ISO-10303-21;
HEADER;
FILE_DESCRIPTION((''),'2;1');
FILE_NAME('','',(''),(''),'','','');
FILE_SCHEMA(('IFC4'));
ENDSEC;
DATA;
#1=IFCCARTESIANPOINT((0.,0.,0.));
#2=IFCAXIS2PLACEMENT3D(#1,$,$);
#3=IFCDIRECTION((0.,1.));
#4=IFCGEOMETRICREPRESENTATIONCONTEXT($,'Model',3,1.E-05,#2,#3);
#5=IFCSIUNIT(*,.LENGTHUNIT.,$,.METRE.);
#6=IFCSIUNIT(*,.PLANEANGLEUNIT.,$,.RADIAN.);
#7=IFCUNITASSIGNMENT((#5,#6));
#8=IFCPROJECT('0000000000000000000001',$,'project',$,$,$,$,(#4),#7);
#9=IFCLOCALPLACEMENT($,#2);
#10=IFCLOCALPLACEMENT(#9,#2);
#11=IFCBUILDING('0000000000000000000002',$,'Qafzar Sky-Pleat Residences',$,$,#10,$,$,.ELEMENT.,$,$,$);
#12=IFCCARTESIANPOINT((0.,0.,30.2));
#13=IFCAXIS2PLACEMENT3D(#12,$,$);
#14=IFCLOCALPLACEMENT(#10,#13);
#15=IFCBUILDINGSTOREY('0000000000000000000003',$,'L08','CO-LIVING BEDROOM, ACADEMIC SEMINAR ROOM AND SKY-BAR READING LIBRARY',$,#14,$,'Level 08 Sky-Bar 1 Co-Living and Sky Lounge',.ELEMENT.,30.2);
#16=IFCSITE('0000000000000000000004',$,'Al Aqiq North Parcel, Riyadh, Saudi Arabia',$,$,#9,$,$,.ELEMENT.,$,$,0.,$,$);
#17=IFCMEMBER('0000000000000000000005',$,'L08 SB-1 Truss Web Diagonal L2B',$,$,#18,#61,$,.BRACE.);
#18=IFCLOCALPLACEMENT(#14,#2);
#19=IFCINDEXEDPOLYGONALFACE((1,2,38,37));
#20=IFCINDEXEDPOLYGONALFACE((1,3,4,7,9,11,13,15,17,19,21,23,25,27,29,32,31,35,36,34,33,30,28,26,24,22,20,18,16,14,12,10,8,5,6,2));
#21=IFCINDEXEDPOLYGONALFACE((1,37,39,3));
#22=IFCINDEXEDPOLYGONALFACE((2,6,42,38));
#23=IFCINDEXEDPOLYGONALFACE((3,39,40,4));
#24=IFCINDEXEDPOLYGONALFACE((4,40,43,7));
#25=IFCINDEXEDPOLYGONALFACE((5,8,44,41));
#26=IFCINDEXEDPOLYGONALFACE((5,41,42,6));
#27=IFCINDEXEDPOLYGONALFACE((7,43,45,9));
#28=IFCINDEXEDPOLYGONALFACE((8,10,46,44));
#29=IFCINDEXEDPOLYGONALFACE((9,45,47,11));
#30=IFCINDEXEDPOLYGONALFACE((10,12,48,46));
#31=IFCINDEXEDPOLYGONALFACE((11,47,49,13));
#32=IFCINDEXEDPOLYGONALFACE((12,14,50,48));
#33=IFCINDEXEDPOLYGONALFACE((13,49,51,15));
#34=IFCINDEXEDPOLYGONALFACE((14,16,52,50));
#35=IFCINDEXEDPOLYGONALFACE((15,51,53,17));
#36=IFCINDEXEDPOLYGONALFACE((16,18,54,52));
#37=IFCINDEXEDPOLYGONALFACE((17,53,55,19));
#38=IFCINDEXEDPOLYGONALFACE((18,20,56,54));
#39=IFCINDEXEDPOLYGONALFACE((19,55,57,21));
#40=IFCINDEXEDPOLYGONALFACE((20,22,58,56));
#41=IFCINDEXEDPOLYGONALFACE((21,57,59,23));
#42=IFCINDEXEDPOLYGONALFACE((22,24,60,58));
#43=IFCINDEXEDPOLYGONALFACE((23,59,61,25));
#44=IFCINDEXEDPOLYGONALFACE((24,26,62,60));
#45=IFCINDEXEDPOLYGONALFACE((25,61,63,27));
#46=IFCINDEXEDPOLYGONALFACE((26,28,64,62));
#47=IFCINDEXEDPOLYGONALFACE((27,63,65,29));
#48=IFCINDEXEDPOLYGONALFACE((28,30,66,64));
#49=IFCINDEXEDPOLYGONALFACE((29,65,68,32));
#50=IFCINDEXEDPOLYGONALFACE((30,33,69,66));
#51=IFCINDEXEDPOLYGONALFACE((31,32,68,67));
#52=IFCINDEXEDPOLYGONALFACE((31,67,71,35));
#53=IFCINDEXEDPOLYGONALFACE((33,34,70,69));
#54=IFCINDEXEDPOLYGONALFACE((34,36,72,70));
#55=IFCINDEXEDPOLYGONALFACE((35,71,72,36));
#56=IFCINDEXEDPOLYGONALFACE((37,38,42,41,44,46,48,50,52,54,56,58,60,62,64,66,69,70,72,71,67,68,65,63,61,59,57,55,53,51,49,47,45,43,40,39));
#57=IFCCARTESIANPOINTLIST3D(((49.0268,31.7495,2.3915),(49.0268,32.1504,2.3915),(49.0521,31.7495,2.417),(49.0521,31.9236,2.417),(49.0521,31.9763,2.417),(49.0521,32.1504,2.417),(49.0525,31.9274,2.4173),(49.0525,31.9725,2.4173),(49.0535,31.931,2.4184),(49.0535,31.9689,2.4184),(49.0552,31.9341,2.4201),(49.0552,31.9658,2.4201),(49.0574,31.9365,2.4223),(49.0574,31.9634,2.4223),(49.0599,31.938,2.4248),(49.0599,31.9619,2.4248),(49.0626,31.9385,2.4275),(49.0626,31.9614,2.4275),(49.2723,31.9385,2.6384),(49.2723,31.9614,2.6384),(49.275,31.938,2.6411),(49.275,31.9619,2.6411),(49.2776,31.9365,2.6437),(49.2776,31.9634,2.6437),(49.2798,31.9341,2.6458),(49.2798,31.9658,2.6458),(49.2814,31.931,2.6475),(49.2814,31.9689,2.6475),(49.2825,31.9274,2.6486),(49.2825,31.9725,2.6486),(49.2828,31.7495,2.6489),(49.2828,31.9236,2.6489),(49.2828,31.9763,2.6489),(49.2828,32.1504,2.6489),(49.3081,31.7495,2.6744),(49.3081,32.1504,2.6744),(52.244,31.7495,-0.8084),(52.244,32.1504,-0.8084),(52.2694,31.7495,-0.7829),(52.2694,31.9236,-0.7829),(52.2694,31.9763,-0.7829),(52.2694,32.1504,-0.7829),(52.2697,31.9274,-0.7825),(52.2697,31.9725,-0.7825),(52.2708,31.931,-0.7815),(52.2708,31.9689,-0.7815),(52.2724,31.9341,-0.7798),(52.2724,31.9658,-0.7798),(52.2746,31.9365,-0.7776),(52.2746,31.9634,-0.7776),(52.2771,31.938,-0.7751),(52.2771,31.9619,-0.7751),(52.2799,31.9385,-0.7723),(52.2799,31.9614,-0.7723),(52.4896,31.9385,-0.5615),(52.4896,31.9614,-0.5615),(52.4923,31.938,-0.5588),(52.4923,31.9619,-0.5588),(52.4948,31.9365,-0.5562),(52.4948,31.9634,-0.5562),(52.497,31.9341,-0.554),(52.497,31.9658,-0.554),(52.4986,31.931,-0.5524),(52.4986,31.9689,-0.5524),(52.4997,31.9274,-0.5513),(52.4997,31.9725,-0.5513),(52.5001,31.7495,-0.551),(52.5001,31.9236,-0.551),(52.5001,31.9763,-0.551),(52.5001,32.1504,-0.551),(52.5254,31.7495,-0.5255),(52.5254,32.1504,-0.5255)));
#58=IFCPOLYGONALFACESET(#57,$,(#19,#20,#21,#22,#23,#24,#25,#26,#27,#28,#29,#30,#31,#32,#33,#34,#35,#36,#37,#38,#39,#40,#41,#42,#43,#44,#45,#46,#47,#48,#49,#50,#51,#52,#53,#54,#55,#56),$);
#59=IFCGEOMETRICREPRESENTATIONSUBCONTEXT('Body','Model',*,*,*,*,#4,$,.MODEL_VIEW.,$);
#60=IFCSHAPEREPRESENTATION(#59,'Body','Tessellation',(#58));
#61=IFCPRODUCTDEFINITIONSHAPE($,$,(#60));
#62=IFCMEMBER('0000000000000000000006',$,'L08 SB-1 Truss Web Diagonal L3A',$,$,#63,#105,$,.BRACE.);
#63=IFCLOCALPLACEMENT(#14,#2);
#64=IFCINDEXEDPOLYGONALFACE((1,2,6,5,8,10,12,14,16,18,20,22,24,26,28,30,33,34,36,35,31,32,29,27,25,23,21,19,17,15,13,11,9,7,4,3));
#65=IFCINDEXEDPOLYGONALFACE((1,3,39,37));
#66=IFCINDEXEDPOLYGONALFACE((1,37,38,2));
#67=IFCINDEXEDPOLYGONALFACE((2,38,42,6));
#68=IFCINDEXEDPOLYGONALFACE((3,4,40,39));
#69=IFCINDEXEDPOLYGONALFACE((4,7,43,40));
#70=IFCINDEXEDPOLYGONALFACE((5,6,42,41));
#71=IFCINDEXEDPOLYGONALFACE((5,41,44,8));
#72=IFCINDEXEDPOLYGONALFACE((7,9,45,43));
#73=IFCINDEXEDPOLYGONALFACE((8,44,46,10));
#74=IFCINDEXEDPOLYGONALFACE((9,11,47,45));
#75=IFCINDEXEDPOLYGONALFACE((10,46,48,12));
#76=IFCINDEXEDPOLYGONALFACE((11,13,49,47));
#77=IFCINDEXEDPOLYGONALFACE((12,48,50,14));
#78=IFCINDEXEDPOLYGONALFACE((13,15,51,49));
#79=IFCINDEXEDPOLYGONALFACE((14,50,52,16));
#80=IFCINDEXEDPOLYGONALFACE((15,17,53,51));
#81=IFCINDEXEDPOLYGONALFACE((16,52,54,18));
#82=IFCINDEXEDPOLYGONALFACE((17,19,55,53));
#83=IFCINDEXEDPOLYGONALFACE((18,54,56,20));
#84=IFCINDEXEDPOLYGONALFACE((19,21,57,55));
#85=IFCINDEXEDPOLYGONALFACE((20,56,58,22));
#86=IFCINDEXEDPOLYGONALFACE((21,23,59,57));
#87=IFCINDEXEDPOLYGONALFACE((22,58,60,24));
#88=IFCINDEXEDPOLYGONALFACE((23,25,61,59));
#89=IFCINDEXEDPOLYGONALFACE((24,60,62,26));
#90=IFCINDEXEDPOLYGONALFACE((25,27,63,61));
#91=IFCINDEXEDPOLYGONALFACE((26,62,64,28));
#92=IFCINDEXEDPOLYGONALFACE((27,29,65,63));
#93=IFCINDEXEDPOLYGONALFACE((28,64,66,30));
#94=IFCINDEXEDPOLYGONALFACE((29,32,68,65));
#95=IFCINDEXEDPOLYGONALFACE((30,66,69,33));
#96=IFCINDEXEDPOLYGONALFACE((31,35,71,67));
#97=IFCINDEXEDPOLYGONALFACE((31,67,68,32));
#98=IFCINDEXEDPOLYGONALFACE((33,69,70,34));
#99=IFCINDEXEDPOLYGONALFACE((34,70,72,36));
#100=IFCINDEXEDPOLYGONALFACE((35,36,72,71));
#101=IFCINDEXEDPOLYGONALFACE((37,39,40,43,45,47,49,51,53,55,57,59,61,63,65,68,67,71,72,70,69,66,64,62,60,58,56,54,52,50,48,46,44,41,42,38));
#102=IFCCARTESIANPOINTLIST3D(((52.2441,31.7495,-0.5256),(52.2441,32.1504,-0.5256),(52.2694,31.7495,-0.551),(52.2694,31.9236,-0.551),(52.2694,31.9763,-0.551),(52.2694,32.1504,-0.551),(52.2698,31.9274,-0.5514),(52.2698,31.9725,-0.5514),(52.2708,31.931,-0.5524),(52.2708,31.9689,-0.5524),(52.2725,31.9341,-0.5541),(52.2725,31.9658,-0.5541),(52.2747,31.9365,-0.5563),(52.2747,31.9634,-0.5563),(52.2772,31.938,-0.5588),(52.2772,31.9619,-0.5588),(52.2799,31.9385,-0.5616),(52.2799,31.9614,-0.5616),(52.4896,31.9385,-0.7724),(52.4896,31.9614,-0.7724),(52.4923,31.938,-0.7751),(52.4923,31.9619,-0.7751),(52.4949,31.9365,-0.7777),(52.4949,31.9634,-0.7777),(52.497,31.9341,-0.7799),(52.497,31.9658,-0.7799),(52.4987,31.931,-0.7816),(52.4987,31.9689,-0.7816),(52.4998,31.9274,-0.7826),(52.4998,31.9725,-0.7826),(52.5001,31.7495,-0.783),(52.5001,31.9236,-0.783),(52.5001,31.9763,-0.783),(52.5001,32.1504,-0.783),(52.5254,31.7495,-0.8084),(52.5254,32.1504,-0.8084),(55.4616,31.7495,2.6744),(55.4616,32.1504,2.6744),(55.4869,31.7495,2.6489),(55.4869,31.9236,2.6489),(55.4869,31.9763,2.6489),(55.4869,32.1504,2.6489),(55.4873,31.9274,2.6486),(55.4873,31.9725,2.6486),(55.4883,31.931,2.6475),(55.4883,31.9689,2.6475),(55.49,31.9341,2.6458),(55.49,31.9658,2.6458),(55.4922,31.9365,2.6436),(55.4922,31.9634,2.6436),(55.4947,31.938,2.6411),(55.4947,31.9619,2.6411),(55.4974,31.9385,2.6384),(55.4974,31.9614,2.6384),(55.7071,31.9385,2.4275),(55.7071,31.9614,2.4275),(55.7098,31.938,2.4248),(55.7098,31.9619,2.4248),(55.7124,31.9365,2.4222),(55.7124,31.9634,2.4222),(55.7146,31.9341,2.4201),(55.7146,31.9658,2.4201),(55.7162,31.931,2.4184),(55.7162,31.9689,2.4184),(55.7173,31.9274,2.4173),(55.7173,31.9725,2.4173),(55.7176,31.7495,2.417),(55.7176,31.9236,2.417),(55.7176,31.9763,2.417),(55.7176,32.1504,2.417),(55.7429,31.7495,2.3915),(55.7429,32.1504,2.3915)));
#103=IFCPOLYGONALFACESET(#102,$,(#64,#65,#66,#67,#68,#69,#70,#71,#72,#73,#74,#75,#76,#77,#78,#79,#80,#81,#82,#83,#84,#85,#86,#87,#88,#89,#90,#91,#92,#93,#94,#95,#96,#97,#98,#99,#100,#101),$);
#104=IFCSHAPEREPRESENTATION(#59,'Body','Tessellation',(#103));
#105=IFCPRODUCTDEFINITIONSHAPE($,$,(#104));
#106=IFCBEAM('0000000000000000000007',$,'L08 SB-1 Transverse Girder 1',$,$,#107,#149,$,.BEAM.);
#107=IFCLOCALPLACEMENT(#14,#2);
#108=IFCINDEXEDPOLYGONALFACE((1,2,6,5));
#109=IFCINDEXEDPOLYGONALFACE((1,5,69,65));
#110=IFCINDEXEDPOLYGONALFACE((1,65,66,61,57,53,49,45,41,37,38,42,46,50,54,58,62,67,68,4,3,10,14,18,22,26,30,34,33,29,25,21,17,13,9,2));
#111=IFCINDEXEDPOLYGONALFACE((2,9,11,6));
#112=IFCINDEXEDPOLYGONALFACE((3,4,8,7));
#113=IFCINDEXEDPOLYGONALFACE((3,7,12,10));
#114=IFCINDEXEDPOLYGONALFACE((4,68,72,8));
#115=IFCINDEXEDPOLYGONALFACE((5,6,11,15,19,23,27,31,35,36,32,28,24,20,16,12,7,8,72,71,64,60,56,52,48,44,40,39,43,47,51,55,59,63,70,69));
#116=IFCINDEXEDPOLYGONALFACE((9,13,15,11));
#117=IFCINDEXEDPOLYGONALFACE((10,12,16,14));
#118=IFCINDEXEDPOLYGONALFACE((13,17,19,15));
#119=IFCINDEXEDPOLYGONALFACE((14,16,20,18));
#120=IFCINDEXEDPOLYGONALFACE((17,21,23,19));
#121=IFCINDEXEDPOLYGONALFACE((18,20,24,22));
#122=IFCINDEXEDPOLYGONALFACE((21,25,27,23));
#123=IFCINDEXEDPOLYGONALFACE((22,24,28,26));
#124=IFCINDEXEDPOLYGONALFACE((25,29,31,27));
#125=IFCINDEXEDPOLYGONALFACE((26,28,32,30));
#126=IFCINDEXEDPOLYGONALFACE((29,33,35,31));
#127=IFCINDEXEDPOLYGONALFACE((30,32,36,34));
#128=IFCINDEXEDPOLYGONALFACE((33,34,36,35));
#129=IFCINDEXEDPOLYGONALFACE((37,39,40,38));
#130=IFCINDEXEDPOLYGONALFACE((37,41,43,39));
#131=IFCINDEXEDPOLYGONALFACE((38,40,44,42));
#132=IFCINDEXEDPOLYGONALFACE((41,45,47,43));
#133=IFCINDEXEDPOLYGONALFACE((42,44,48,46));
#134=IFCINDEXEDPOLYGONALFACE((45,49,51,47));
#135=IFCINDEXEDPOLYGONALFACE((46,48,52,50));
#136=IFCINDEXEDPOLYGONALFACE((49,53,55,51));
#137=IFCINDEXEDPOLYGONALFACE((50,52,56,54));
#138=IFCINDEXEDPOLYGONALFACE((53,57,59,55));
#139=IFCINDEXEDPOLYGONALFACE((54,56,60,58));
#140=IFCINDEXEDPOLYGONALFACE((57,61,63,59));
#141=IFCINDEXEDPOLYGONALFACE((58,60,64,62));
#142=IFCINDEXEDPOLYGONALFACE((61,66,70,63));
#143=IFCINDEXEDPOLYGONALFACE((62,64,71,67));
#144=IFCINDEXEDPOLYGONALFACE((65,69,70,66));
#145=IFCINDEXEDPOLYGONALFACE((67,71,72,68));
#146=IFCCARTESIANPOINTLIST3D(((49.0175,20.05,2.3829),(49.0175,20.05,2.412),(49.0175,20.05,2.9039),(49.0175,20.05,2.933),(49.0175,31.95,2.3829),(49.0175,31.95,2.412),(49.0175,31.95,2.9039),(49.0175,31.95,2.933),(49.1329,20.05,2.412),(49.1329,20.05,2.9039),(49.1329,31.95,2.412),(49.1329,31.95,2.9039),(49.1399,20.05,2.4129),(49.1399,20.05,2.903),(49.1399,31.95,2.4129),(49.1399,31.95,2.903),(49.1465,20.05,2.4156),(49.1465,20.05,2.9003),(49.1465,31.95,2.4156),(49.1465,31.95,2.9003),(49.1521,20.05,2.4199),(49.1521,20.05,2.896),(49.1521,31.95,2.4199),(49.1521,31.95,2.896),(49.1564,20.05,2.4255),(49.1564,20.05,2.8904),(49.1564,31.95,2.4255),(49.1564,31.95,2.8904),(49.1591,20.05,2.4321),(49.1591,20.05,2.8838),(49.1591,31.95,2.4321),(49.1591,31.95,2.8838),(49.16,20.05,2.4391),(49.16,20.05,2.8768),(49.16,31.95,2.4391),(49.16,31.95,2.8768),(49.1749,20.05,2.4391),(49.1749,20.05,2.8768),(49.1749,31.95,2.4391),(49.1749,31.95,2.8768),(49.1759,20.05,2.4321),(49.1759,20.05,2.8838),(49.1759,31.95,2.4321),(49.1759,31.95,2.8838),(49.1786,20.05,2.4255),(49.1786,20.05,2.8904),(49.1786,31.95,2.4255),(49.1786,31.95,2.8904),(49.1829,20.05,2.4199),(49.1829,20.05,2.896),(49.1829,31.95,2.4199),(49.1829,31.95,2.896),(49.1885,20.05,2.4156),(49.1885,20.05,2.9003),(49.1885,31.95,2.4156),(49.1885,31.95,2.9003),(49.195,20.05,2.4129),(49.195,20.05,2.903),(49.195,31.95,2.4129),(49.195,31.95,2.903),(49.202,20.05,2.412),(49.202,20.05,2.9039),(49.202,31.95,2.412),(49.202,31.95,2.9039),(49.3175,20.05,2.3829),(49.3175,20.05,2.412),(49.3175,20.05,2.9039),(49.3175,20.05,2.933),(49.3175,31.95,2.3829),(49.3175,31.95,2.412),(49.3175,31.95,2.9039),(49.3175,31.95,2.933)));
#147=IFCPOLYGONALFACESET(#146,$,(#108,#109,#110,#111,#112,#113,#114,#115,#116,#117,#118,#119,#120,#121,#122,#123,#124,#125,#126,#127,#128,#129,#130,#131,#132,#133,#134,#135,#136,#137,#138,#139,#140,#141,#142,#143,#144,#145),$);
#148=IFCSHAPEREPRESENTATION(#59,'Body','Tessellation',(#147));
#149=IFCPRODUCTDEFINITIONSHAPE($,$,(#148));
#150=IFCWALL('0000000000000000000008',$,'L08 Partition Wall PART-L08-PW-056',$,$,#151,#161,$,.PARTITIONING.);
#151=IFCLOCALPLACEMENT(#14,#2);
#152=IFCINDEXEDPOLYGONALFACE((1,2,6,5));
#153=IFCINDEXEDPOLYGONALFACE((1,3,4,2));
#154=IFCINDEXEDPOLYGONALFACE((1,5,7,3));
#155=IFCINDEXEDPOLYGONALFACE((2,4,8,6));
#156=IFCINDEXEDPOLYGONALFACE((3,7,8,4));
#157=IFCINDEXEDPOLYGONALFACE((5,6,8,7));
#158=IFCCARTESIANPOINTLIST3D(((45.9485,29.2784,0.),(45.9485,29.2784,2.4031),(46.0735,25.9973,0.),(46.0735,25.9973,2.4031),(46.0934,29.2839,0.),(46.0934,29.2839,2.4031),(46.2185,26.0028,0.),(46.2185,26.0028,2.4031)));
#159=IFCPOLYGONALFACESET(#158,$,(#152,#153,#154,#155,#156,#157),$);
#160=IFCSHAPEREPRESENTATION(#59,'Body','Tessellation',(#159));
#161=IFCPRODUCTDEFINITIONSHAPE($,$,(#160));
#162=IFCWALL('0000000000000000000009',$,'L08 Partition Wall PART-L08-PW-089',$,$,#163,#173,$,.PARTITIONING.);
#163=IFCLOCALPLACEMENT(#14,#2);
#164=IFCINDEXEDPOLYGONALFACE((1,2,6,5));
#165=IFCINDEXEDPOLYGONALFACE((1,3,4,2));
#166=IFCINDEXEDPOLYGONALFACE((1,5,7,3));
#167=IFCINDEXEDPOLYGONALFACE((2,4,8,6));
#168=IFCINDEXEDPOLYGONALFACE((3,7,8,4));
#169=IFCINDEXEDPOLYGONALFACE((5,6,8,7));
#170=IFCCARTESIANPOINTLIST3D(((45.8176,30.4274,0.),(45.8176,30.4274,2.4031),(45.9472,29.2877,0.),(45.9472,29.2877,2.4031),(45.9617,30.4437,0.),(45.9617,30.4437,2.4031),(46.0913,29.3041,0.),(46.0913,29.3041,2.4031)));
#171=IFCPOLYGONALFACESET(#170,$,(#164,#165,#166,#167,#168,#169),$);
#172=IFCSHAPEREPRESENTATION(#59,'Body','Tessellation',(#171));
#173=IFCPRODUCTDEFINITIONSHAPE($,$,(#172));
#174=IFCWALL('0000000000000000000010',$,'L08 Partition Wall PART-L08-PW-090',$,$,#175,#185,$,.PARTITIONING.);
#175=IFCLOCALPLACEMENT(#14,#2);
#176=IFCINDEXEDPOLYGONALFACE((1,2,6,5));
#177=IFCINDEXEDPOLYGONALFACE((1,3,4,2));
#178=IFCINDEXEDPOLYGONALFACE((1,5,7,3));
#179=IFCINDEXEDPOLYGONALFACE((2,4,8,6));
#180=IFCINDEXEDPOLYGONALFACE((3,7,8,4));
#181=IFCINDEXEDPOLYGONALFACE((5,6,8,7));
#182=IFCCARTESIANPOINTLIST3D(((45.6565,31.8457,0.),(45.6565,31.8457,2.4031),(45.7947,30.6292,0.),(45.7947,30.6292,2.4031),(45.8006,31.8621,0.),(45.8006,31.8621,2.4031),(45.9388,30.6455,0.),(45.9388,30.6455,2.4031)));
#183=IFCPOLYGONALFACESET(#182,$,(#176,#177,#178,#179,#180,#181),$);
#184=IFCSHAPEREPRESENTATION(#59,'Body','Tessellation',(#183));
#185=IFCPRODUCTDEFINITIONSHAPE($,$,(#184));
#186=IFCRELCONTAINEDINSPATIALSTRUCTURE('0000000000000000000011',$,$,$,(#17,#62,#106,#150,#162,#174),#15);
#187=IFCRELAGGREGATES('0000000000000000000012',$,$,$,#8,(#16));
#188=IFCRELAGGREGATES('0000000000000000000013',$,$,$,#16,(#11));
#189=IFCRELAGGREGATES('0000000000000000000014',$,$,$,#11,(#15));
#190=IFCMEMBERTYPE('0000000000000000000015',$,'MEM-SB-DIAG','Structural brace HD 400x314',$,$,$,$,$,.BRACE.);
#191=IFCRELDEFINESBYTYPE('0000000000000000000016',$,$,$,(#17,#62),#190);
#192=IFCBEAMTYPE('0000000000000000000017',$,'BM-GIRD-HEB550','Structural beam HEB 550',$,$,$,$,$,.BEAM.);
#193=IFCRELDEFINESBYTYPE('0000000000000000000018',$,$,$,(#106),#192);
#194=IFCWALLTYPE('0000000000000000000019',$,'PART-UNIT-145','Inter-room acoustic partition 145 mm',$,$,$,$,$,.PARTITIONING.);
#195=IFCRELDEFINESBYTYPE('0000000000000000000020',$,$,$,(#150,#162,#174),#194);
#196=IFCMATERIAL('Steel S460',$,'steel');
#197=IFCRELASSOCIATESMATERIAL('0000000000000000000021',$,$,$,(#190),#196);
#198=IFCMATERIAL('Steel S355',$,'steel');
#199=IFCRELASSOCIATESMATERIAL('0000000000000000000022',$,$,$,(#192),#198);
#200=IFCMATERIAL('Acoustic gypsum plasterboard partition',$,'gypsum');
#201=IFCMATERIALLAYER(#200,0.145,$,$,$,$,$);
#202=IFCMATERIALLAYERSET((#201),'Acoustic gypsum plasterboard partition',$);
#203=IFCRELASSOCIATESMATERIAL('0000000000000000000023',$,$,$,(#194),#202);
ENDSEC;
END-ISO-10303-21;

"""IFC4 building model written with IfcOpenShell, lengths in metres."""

from ifc_helpers import new_model, si_unit, direction, frame, frame_2d, origin, origin_2d, place, context, subcontext, project, spatial, rectangle, i_section, extrude, source, transform, mapped, material, layer, layer_set, material_profile, profile_set, type_object, element, save


model = new_model("IFC4")

# Units and contexts
model_context = context("Model", 3, precision=1e-05, world=origin(), true_north=direction((0.0, 1.0)))
body_context = subcontext(model_context, "Body", "Model", "MODEL_VIEW")
ifc_project = project(units=[si_unit("LENGTHUNIT", "METRE"), si_unit("PLANEANGLEUNIT", "RADIAN")], contexts=[model_context])

# Site, building, storey
site_placement = place(None, origin())
site = spatial("IfcSite", under=ifc_project, at=site_placement, Name="Al Aqiq North Parcel, Riyadh, Saudi Arabia", CompositionType="ELEMENT", RefElevation=0.0)
building_placement = place(site_placement, origin())
building = spatial("IfcBuilding", under=site, at=building_placement, Name="Qafzar Sky-Pleat Residences", CompositionType="ELEMENT")
storey_placement = place(building_placement, frame((0.0, 0.0, 30.2)))
storey = spatial("IfcBuildingStorey", under=building, at=storey_placement, Name="L08", Description="CO-LIVING BEDROOM, ACADEMIC SEMINAR ROOM AND SKY-BAR READING LIBRARY", LongName="Level 08 Sky-Bar 1 Co-Living and Sky Lounge", CompositionType="ELEMENT", Elevation=30.2)

# Shared definitions
ifc_material_1 = material(Name="Steel S460", Category="steel")

# Shared definitions
ifc_material_2 = material(Name="Steel S355", Category="steel")

# Members
ifc_material_profile_1 = material_profile(ifc_material_1, i_section(OverallWidth=0.4009, OverallDepth=0.3989, WebThickness=0.0229, FlangeThickness=0.0359, FilletRadius=0.0149, at=origin_2d()), Name="HD 400x314")
ifc_profile_set_1 = profile_set([ifc_material_profile_1], Name="Steel S460")
member_type = type_object("IfcMemberType", Name="MEM-SB-DIAG", Description="Structural brace HD 400x314", PredefinedType="BRACE", material=ifc_profile_set_1)
shared_shape_1 = source(origin(), body_context, "Body", "SweptSolid", [
    extrude(i_section(OverallWidth=0.4009, OverallDepth=0.3989, WebThickness=0.0229, FlangeThickness=0.0359, FilletRadius=0.0149, at=origin_2d()), origin(), (0.0, 0.0, 1.0), 4.5376),
])
for number, where, z_axis, x_axis, name in (
    (1, (49.1675, 31.95, 2.533), (0.709014, 0.0, -0.705194), (0.0, 1.0, 0.0), "L08 SB-1 Truss Web Diagonal L2B"),
):
    element("IfcMember", number, at=place(storey_placement, frame(where, z_axis=z_axis, x_axis=x_axis)), inside=storey, type_object=member_type, Name=name, PredefinedType="BRACE", context=body_context, shape_type="MappedRepresentation", body=[
        mapped(shared_shape_1, transform((0.0, 0.0, 0.0), x_axis=(1.0, 0.0, 0.0), y_axis=(0.0, 1.0, 0.0), z_axis=(0.0, 0.0, 1.0), scale=1.0)),
    ])
shared_shape_2 = source(origin(), body_context, "Body", "SweptSolid", [
    extrude(i_section(OverallWidth=0.4009, OverallDepth=0.3989, WebThickness=0.0229, FlangeThickness=0.0359, FilletRadius=0.0149, at=origin_2d()), origin(), (0.0, 0.0, 1.0), 4.5378),
])
member_placement = place(storey_placement, frame((52.3848, 31.95, -0.667), z_axis=(0.709041, 0.0, 0.705167), x_axis=(0.0, 1.0, 0.0)))
element("IfcMember", 2, at=member_placement, inside=storey, type_object=member_type, Name="L08 SB-1 Truss Web Diagonal L3A", PredefinedType="BRACE", context=body_context, shape_type="MappedRepresentation", body=[
    mapped(shared_shape_2, transform((0.0, 0.0, 0.0), x_axis=(1.0, 0.0, 0.0), y_axis=(0.0, 1.0, 0.0), z_axis=(0.0, 0.0, 1.0), scale=1.0)),
])

# Beam
ifc_material_profile_2 = material_profile(ifc_material_2, i_section(OverallWidth=0.3, OverallDepth=0.55, WebThickness=0.0149, FlangeThickness=0.0291, FilletRadius=0.0271, at=origin_2d()), Name="HEB 550")
ifc_profile_set_2 = profile_set([ifc_material_profile_2], Name="Steel S355")
beam_type_1 = type_object("IfcBeamType", Name="BM-GIRD-HEB550", Description="Structural beam HEB 550", PredefinedType="BEAM", material=ifc_profile_set_2)
shared_shape_3 = source(origin(), body_context, "Body", "SweptSolid", [
    extrude(i_section(OverallWidth=0.3, OverallDepth=0.55, WebThickness=0.0149, FlangeThickness=0.0291, FilletRadius=0.0271, at=origin_2d()), origin(), (0.0, 0.0, 1.0), 11.8999),
])
beam_1_placement = place(storey_placement, frame((49.1675, 31.95, 2.658), z_axis=(0.0, -1.0, 0.0), x_axis=(1.0, 0.0, 0.0)))
element("IfcBeam", 3, at=beam_1_placement, inside=storey, type_object=beam_type_1, Name="L08 SB-1 Transverse Girder 1", PredefinedType="BEAM", context=body_context, shape_type="MappedRepresentation", body=[
    mapped(shared_shape_3, transform((0.0, 0.0, 0.0), x_axis=(1.0, 0.0, 0.0), y_axis=(0.0, 1.0, 0.0), z_axis=(0.0, 0.0, 1.0), scale=1.0)),
])

# Walls
ifc_material_3 = material(Name="Acoustic gypsum plasterboard partition", Category="gypsum")
ifc_layer_1 = layer(ifc_material_3, 0.145)
ifc_layer_set_1 = layer_set([ifc_layer_1], Name="Acoustic gypsum plasterboard partition")
wall_type_1 = type_object("IfcWallType", Name="PART-UNIT-145", Description="Inter-room acoustic partition 145 mm", PredefinedType="PARTITIONING", material=ifc_layer_set_1)
wall_1_placement = place(storey_placement, frame((46.021, 29.281, 0.0), z_axis=(0.0, 0.0, 1.0), x_axis=(0.03807, -0.999275, 0.0)))
element("IfcWall", 4, at=wall_1_placement, inside=storey, type_object=wall_type_1, Name="L08 Partition Wall PART-L08-PW-056", PredefinedType="PARTITIONING", context=body_context, shape_type="SweptSolid", body=[
    extrude(rectangle(XDim=3.2834, YDim=0.145, at=frame_2d((1.6416, 0.0))), origin(), (0.0, 0.0, 1.0), 2.4031),
])
wall_2_placement = place(storey_placement, frame((45.8896, 30.4355, 0.0), z_axis=(0.0, 0.0, 1.0), x_axis=(0.113024, -0.993592, 0.0)))
element("IfcWall", 5, at=wall_2_placement, inside=storey, type_object=wall_type_1, Name="L08 Partition Wall PART-L08-PW-089", PredefinedType="PARTITIONING", context=body_context, shape_type="SweptSolid", body=[
    extrude(rectangle(XDim=1.147, YDim=0.145, at=frame_2d((0.5735, 0.0))), origin(), (0.0, 0.0, 1.0), 2.4031),
])
wall_3_placement = place(storey_placement, frame((45.7285, 31.854, 0.0), z_axis=(0.0, 0.0, 1.0), x_axis=(0.11286, -0.993611, 0.0)))
element("IfcWall", 6, at=wall_3_placement, inside=storey, type_object=wall_type_1, Name="L08 Partition Wall PART-L08-PW-090", PredefinedType="PARTITIONING", context=body_context, shape_type="SweptSolid", body=[
    extrude(rectangle(XDim=1.2244, YDim=0.145, at=frame_2d((0.6123, 0.0))), origin(), (0.0, 0.0, 1.0), 2.4031),
])

save(model, "model.ifc")
